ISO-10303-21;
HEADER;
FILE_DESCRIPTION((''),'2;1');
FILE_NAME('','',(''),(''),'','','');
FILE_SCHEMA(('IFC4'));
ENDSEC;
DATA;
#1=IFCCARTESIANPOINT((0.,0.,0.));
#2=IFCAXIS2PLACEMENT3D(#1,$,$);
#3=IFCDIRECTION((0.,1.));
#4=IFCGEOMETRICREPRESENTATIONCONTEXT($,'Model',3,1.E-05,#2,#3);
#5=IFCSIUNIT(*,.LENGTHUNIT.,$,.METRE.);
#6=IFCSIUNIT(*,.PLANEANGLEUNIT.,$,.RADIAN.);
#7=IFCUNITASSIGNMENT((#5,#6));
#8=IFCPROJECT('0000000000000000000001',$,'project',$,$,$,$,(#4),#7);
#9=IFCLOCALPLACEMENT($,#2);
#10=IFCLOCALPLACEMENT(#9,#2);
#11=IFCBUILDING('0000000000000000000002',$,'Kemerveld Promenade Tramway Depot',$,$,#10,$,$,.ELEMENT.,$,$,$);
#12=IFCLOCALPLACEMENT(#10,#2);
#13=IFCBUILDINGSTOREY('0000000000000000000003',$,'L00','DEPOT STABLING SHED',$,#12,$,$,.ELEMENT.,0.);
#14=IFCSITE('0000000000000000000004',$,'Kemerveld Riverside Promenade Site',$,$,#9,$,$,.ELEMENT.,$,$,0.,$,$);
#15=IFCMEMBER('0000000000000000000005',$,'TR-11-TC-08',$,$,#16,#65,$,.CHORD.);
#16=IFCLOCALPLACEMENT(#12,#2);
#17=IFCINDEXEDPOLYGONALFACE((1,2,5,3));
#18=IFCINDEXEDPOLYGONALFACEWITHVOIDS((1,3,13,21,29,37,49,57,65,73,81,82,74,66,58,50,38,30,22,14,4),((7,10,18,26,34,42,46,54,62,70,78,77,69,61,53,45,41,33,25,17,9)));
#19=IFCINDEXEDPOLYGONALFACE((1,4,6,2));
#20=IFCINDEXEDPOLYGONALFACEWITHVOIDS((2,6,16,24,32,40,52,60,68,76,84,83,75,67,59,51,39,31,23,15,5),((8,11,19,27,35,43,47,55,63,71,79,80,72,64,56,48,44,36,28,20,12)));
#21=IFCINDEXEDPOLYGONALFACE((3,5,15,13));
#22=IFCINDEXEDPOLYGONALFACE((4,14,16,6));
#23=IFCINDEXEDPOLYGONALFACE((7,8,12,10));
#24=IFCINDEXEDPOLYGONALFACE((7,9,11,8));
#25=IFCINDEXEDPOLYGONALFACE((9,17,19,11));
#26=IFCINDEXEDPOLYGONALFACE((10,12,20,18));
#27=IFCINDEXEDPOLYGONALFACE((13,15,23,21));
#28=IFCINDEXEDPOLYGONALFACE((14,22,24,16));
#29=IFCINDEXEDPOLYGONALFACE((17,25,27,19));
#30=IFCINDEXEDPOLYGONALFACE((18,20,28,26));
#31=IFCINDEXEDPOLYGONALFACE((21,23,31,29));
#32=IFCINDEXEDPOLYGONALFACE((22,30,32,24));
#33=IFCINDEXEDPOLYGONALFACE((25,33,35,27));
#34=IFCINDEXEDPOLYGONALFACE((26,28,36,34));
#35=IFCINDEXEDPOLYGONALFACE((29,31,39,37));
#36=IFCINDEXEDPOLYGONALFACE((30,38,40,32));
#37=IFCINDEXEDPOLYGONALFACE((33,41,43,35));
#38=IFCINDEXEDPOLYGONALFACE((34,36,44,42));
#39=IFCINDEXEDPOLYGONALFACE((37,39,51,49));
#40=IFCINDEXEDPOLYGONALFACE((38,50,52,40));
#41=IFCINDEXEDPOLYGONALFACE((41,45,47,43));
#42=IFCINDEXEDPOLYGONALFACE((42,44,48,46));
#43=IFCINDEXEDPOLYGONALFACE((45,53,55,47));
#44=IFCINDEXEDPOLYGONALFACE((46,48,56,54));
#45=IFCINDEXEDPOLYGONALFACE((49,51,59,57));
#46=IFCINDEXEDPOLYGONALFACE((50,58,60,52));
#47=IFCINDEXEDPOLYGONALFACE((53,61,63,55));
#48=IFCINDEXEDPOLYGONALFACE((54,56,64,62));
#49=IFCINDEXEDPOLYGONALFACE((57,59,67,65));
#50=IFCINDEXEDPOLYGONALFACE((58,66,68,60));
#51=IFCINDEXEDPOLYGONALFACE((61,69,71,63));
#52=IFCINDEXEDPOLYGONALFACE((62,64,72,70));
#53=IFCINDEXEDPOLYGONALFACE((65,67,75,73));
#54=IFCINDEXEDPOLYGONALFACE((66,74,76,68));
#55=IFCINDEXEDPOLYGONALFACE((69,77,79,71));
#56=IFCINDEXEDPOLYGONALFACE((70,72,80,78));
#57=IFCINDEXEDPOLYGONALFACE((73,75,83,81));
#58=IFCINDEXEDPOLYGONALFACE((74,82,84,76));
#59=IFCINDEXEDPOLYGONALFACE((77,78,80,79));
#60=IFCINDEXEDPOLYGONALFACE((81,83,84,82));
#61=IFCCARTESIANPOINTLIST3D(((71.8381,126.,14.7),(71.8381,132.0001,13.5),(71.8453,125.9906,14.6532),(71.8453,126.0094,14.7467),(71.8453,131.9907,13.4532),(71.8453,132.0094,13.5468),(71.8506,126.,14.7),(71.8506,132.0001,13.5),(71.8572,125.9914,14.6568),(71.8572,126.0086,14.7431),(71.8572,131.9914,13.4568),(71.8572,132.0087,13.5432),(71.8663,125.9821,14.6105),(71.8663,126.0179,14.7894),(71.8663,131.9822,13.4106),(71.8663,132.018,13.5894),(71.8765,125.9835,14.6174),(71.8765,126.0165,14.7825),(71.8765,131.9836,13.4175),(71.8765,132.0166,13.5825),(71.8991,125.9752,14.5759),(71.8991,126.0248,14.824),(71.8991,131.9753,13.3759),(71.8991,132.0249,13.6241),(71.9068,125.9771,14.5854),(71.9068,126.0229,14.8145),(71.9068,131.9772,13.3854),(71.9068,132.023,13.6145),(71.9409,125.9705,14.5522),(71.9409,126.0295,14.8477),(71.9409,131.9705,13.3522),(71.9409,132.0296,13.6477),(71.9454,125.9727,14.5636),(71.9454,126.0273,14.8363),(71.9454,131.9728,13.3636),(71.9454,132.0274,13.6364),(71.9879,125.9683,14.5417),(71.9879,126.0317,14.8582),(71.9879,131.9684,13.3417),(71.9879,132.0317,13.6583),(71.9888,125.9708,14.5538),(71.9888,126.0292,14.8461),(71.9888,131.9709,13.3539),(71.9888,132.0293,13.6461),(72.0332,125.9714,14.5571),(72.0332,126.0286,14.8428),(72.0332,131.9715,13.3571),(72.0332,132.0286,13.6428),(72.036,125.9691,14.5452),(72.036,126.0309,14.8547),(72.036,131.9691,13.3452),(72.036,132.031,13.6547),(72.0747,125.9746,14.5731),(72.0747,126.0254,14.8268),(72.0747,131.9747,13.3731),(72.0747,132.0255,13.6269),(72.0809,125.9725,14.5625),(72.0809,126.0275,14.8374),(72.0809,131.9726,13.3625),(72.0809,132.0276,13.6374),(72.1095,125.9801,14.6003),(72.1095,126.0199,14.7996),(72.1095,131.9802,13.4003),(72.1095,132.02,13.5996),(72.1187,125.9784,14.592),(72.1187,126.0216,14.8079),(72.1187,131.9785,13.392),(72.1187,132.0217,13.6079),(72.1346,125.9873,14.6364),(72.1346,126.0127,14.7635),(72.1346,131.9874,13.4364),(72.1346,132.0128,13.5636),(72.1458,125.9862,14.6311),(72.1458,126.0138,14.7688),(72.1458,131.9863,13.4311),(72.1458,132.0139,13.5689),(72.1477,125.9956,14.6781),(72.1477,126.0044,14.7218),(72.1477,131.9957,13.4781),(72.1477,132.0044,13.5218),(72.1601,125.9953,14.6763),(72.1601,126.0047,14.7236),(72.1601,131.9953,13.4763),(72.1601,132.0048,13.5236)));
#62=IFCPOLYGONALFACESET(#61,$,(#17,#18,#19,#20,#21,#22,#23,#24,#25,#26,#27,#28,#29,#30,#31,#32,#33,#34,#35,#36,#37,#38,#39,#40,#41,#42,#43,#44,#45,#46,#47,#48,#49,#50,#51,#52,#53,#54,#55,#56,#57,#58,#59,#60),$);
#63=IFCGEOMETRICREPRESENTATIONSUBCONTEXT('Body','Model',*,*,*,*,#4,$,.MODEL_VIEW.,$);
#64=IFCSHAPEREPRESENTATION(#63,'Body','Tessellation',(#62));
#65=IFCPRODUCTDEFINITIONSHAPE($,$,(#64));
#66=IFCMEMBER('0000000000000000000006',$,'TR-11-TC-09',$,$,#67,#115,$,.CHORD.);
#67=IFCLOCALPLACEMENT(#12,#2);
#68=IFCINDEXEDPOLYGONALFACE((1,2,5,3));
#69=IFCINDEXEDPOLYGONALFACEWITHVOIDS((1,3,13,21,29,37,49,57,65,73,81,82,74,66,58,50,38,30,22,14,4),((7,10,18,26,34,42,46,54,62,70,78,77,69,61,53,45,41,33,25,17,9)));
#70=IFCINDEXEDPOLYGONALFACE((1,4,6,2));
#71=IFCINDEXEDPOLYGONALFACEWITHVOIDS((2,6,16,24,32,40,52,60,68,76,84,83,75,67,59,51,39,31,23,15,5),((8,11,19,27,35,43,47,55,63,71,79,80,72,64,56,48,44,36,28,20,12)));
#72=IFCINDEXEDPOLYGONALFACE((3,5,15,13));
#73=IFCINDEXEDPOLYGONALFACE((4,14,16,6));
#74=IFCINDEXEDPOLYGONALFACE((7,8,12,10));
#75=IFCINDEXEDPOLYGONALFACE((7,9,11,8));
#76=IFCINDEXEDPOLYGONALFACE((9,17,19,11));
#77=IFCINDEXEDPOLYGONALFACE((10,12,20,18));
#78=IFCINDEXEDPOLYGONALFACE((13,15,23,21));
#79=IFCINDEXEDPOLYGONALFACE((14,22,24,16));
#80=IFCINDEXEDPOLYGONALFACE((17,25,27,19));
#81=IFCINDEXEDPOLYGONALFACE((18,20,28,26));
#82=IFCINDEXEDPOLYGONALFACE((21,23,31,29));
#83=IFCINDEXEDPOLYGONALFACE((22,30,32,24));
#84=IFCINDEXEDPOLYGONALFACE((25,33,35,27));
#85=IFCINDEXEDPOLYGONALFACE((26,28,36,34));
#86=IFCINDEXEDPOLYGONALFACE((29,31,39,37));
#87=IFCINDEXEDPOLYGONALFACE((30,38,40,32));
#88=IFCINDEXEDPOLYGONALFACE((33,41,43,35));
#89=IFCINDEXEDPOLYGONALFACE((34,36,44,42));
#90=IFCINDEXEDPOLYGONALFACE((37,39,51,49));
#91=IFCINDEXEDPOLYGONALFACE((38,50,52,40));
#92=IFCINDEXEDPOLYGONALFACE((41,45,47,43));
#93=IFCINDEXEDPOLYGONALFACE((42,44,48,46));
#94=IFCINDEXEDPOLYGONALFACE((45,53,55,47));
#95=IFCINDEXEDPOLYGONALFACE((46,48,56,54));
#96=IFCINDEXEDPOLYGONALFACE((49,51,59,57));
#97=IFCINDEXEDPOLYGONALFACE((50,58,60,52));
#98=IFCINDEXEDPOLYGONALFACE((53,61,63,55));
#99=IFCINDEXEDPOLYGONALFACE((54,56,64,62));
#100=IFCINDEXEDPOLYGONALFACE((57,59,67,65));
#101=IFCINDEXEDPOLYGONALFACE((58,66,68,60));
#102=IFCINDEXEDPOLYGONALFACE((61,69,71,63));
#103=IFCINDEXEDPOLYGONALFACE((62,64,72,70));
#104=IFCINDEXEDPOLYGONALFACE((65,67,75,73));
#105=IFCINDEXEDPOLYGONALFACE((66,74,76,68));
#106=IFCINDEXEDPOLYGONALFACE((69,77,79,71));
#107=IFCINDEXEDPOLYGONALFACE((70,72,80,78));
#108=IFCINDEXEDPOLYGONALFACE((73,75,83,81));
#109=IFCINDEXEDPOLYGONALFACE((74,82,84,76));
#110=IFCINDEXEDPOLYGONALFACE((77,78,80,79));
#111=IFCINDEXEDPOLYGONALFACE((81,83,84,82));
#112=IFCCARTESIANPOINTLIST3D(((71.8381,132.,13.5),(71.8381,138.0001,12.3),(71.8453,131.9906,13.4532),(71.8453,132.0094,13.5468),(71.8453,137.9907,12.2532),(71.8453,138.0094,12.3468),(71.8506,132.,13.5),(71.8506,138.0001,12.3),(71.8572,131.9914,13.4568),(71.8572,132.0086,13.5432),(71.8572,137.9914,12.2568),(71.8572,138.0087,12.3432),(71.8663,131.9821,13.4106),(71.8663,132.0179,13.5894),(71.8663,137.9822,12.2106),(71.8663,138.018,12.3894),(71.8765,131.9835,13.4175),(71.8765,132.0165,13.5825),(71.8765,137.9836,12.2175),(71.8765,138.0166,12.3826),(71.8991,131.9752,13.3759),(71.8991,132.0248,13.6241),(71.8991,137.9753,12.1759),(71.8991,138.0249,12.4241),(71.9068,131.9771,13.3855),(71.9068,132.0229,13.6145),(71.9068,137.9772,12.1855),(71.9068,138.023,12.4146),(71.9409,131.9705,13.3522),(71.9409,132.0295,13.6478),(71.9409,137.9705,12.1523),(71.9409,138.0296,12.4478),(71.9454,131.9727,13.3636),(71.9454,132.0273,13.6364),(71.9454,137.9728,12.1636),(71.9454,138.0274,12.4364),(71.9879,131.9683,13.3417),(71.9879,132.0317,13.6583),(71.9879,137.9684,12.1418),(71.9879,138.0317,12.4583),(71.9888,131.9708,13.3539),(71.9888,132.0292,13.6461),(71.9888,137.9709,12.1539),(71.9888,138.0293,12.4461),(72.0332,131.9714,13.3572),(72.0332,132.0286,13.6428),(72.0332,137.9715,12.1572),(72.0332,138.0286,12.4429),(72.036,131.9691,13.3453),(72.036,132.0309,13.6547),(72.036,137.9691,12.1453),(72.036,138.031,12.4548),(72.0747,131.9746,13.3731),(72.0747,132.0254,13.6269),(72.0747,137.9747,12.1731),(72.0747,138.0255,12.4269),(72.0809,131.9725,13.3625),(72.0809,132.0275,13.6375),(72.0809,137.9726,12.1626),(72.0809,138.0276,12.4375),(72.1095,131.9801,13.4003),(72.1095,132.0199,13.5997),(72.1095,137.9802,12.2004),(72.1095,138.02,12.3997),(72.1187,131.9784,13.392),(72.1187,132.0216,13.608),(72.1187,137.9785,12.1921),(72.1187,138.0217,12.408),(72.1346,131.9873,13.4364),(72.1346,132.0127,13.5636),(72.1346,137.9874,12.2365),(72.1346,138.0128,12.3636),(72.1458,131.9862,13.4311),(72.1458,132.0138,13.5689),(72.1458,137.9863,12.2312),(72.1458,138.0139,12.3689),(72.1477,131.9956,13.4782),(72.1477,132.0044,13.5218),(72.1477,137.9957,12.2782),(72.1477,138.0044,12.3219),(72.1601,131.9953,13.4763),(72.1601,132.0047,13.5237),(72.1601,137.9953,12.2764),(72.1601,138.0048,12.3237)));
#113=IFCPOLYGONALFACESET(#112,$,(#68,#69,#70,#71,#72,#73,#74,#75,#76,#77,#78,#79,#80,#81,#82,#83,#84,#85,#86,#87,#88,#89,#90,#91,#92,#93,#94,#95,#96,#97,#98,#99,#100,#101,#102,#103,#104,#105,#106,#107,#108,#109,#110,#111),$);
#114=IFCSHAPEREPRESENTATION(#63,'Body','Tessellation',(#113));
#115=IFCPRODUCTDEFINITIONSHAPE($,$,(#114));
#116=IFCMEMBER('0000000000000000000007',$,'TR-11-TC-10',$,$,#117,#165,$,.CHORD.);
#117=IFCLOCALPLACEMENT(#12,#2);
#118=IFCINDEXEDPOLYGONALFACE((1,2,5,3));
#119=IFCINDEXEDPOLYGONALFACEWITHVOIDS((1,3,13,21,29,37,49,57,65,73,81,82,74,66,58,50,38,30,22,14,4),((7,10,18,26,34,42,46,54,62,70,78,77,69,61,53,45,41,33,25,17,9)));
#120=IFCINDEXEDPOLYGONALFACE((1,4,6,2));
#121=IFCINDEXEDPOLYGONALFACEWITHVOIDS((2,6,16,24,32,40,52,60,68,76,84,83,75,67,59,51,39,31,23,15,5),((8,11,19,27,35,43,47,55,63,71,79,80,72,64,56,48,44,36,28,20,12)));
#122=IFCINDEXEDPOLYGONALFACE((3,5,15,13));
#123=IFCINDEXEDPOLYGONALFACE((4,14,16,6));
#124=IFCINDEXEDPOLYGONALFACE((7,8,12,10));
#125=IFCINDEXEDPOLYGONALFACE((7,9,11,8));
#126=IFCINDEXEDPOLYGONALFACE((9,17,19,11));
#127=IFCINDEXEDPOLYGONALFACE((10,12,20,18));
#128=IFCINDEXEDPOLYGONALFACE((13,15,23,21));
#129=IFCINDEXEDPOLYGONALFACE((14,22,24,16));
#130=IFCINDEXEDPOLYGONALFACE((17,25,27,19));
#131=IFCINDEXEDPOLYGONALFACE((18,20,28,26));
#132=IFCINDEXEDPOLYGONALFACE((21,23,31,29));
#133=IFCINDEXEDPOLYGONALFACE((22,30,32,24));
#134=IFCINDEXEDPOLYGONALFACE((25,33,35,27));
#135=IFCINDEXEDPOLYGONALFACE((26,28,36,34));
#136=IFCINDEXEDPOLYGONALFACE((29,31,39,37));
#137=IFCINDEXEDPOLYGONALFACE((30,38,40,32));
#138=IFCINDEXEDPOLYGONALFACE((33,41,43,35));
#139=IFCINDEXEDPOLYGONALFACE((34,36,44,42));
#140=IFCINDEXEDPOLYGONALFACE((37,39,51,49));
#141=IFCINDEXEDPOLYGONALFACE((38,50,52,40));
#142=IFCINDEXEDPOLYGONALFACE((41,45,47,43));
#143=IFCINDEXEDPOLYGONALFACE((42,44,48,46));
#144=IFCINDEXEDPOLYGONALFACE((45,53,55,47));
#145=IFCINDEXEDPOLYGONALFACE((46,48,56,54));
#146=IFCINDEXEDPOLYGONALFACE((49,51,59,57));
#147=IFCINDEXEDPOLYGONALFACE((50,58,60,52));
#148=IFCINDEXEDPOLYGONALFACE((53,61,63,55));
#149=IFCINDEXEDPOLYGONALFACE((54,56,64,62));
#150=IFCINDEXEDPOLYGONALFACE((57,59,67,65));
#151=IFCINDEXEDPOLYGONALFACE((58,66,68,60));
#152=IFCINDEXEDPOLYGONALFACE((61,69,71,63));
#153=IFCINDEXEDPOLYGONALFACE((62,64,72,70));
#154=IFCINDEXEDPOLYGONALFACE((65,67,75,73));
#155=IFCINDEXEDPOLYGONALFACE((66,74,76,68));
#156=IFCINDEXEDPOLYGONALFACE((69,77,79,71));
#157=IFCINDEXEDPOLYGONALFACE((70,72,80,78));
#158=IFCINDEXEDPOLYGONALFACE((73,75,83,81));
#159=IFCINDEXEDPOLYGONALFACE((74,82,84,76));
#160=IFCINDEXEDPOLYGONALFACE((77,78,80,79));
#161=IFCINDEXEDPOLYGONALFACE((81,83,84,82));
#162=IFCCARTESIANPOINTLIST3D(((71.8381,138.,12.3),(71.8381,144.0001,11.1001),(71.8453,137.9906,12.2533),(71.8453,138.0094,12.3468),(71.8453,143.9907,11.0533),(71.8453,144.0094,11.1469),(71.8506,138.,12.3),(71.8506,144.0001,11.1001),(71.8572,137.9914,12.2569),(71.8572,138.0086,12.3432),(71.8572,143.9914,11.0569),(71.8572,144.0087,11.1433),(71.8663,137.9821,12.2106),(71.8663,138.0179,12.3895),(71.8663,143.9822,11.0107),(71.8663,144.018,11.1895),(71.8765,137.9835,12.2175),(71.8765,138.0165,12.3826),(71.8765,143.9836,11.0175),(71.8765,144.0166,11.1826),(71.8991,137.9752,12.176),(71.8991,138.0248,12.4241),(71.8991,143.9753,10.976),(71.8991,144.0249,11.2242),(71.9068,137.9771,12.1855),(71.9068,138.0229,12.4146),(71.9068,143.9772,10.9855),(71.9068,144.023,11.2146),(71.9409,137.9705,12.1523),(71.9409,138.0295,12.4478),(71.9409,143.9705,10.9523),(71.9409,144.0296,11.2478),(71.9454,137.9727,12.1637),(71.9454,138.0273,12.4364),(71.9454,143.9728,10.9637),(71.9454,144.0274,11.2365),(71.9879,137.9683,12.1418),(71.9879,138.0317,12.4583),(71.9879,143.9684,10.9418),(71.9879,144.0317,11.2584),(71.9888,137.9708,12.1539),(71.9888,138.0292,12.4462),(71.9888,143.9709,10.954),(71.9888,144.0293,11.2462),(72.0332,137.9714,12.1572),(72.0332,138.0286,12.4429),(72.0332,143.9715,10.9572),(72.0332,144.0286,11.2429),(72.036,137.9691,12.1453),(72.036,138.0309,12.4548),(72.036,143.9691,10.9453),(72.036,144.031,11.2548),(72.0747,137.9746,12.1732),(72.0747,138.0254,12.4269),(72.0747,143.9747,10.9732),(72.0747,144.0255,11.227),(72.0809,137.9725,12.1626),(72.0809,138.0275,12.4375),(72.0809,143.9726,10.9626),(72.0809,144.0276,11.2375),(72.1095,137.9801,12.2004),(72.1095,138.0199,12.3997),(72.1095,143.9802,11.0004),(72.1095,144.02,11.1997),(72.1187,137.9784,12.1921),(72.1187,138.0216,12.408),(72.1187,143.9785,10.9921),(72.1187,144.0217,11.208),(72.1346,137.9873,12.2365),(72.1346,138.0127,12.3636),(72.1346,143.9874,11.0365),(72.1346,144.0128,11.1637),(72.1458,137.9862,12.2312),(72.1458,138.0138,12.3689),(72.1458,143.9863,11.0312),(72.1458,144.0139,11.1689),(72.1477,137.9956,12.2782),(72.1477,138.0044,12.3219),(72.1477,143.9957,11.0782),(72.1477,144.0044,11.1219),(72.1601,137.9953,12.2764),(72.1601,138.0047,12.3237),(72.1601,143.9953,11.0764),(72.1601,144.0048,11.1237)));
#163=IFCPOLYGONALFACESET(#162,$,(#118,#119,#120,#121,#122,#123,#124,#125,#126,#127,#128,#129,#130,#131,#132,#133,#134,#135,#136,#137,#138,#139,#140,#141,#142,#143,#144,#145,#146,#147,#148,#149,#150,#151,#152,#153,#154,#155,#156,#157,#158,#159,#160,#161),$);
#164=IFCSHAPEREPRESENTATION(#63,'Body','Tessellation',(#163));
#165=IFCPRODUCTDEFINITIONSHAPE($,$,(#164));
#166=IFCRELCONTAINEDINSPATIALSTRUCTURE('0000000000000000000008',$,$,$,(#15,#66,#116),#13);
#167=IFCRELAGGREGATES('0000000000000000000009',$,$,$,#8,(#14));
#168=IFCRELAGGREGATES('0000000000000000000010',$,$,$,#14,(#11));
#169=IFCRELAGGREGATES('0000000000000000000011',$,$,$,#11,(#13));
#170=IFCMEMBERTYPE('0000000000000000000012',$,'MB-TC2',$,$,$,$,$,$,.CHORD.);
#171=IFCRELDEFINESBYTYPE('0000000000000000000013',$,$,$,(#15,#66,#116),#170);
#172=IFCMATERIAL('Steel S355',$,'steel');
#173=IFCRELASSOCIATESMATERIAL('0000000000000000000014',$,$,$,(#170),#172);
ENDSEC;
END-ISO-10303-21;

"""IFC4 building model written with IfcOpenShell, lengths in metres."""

from ifc_helpers import new_model, si_unit, direction, frame, origin, origin_2d, place, context, subcontext, project, spatial, hollow_circle, extrude, material, material_profile, profile_set, type_object, element, save


model = new_model("IFC4")

# Units and contexts
model_context = context("Model", 3, precision=1e-05, world=origin(), true_north=direction((0.0, 1.0)))
body_context = subcontext(model_context, "Body", "Model", "MODEL_VIEW")
ifc_project = project(units=[si_unit("LENGTHUNIT", "METRE"), si_unit("PLANEANGLEUNIT", "RADIAN")], contexts=[model_context])

# Site, building, storey
site_placement = place(None, origin())
site = spatial("IfcSite", under=ifc_project, at=site_placement, Name="Kemerveld Riverside Promenade Site", CompositionType="ELEMENT", RefElevation=0.0)
building_placement = place(site_placement, origin())
building = spatial("IfcBuilding", under=site, at=building_placement, Name="Kemerveld Promenade Tramway Depot", CompositionType="ELEMENT")
storey_placement = place(building_placement, origin())
storey = spatial("IfcBuildingStorey", under=building, at=storey_placement, Name="L00", Description="DEPOT STABLING SHED", CompositionType="ELEMENT", Elevation=0.0)

# Members
ifc_material_1 = material(Name="Steel S355", Category="steel")
ifc_material_profile_1 = material_profile(ifc_material_1, hollow_circle(Radius=0.1619, WallThickness=0.0125, at=origin_2d()), Name="323.9x12.5 CHS")
ifc_profile_set_1 = profile_set([ifc_material_profile_1], Name="Steel S355")
member_type_1 = type_object("IfcMemberType", Name="MB-TC2", PredefinedType="CHORD", material=ifc_profile_set_1)
for number, where, z_axis, x_axis, name in (
    (1, (72.0, 126.0, 14.7), (0.0, 0.980582, -0.196108), (-1.0, 0.0, 0.0), "TR-11-TC-08"),
    (2, (72.0, 132.0, 13.5), (0.0, 0.980582, -0.196108), (-1.0, 0.0, 0.0), "TR-11-TC-09"),
    (3, (72.0, 138.0, 12.3), (0.0, 0.980582, -0.196108), (-1.0, 0.0, 0.0), "TR-11-TC-10"),
):
    element("IfcMember", number, at=place(storey_placement, frame(where, z_axis=z_axis, x_axis=x_axis)), inside=storey, type_object=member_type_1, Name=name, PredefinedType="CHORD", context=body_context, shape_type="SweptSolid", body=[
        extrude(hollow_circle(Radius=0.1619, WallThickness=0.0125, at=origin_2d()), origin(), (0.0, 0.0, 1.0), 6.1189),
    ])

save(model, "model.ifc")
